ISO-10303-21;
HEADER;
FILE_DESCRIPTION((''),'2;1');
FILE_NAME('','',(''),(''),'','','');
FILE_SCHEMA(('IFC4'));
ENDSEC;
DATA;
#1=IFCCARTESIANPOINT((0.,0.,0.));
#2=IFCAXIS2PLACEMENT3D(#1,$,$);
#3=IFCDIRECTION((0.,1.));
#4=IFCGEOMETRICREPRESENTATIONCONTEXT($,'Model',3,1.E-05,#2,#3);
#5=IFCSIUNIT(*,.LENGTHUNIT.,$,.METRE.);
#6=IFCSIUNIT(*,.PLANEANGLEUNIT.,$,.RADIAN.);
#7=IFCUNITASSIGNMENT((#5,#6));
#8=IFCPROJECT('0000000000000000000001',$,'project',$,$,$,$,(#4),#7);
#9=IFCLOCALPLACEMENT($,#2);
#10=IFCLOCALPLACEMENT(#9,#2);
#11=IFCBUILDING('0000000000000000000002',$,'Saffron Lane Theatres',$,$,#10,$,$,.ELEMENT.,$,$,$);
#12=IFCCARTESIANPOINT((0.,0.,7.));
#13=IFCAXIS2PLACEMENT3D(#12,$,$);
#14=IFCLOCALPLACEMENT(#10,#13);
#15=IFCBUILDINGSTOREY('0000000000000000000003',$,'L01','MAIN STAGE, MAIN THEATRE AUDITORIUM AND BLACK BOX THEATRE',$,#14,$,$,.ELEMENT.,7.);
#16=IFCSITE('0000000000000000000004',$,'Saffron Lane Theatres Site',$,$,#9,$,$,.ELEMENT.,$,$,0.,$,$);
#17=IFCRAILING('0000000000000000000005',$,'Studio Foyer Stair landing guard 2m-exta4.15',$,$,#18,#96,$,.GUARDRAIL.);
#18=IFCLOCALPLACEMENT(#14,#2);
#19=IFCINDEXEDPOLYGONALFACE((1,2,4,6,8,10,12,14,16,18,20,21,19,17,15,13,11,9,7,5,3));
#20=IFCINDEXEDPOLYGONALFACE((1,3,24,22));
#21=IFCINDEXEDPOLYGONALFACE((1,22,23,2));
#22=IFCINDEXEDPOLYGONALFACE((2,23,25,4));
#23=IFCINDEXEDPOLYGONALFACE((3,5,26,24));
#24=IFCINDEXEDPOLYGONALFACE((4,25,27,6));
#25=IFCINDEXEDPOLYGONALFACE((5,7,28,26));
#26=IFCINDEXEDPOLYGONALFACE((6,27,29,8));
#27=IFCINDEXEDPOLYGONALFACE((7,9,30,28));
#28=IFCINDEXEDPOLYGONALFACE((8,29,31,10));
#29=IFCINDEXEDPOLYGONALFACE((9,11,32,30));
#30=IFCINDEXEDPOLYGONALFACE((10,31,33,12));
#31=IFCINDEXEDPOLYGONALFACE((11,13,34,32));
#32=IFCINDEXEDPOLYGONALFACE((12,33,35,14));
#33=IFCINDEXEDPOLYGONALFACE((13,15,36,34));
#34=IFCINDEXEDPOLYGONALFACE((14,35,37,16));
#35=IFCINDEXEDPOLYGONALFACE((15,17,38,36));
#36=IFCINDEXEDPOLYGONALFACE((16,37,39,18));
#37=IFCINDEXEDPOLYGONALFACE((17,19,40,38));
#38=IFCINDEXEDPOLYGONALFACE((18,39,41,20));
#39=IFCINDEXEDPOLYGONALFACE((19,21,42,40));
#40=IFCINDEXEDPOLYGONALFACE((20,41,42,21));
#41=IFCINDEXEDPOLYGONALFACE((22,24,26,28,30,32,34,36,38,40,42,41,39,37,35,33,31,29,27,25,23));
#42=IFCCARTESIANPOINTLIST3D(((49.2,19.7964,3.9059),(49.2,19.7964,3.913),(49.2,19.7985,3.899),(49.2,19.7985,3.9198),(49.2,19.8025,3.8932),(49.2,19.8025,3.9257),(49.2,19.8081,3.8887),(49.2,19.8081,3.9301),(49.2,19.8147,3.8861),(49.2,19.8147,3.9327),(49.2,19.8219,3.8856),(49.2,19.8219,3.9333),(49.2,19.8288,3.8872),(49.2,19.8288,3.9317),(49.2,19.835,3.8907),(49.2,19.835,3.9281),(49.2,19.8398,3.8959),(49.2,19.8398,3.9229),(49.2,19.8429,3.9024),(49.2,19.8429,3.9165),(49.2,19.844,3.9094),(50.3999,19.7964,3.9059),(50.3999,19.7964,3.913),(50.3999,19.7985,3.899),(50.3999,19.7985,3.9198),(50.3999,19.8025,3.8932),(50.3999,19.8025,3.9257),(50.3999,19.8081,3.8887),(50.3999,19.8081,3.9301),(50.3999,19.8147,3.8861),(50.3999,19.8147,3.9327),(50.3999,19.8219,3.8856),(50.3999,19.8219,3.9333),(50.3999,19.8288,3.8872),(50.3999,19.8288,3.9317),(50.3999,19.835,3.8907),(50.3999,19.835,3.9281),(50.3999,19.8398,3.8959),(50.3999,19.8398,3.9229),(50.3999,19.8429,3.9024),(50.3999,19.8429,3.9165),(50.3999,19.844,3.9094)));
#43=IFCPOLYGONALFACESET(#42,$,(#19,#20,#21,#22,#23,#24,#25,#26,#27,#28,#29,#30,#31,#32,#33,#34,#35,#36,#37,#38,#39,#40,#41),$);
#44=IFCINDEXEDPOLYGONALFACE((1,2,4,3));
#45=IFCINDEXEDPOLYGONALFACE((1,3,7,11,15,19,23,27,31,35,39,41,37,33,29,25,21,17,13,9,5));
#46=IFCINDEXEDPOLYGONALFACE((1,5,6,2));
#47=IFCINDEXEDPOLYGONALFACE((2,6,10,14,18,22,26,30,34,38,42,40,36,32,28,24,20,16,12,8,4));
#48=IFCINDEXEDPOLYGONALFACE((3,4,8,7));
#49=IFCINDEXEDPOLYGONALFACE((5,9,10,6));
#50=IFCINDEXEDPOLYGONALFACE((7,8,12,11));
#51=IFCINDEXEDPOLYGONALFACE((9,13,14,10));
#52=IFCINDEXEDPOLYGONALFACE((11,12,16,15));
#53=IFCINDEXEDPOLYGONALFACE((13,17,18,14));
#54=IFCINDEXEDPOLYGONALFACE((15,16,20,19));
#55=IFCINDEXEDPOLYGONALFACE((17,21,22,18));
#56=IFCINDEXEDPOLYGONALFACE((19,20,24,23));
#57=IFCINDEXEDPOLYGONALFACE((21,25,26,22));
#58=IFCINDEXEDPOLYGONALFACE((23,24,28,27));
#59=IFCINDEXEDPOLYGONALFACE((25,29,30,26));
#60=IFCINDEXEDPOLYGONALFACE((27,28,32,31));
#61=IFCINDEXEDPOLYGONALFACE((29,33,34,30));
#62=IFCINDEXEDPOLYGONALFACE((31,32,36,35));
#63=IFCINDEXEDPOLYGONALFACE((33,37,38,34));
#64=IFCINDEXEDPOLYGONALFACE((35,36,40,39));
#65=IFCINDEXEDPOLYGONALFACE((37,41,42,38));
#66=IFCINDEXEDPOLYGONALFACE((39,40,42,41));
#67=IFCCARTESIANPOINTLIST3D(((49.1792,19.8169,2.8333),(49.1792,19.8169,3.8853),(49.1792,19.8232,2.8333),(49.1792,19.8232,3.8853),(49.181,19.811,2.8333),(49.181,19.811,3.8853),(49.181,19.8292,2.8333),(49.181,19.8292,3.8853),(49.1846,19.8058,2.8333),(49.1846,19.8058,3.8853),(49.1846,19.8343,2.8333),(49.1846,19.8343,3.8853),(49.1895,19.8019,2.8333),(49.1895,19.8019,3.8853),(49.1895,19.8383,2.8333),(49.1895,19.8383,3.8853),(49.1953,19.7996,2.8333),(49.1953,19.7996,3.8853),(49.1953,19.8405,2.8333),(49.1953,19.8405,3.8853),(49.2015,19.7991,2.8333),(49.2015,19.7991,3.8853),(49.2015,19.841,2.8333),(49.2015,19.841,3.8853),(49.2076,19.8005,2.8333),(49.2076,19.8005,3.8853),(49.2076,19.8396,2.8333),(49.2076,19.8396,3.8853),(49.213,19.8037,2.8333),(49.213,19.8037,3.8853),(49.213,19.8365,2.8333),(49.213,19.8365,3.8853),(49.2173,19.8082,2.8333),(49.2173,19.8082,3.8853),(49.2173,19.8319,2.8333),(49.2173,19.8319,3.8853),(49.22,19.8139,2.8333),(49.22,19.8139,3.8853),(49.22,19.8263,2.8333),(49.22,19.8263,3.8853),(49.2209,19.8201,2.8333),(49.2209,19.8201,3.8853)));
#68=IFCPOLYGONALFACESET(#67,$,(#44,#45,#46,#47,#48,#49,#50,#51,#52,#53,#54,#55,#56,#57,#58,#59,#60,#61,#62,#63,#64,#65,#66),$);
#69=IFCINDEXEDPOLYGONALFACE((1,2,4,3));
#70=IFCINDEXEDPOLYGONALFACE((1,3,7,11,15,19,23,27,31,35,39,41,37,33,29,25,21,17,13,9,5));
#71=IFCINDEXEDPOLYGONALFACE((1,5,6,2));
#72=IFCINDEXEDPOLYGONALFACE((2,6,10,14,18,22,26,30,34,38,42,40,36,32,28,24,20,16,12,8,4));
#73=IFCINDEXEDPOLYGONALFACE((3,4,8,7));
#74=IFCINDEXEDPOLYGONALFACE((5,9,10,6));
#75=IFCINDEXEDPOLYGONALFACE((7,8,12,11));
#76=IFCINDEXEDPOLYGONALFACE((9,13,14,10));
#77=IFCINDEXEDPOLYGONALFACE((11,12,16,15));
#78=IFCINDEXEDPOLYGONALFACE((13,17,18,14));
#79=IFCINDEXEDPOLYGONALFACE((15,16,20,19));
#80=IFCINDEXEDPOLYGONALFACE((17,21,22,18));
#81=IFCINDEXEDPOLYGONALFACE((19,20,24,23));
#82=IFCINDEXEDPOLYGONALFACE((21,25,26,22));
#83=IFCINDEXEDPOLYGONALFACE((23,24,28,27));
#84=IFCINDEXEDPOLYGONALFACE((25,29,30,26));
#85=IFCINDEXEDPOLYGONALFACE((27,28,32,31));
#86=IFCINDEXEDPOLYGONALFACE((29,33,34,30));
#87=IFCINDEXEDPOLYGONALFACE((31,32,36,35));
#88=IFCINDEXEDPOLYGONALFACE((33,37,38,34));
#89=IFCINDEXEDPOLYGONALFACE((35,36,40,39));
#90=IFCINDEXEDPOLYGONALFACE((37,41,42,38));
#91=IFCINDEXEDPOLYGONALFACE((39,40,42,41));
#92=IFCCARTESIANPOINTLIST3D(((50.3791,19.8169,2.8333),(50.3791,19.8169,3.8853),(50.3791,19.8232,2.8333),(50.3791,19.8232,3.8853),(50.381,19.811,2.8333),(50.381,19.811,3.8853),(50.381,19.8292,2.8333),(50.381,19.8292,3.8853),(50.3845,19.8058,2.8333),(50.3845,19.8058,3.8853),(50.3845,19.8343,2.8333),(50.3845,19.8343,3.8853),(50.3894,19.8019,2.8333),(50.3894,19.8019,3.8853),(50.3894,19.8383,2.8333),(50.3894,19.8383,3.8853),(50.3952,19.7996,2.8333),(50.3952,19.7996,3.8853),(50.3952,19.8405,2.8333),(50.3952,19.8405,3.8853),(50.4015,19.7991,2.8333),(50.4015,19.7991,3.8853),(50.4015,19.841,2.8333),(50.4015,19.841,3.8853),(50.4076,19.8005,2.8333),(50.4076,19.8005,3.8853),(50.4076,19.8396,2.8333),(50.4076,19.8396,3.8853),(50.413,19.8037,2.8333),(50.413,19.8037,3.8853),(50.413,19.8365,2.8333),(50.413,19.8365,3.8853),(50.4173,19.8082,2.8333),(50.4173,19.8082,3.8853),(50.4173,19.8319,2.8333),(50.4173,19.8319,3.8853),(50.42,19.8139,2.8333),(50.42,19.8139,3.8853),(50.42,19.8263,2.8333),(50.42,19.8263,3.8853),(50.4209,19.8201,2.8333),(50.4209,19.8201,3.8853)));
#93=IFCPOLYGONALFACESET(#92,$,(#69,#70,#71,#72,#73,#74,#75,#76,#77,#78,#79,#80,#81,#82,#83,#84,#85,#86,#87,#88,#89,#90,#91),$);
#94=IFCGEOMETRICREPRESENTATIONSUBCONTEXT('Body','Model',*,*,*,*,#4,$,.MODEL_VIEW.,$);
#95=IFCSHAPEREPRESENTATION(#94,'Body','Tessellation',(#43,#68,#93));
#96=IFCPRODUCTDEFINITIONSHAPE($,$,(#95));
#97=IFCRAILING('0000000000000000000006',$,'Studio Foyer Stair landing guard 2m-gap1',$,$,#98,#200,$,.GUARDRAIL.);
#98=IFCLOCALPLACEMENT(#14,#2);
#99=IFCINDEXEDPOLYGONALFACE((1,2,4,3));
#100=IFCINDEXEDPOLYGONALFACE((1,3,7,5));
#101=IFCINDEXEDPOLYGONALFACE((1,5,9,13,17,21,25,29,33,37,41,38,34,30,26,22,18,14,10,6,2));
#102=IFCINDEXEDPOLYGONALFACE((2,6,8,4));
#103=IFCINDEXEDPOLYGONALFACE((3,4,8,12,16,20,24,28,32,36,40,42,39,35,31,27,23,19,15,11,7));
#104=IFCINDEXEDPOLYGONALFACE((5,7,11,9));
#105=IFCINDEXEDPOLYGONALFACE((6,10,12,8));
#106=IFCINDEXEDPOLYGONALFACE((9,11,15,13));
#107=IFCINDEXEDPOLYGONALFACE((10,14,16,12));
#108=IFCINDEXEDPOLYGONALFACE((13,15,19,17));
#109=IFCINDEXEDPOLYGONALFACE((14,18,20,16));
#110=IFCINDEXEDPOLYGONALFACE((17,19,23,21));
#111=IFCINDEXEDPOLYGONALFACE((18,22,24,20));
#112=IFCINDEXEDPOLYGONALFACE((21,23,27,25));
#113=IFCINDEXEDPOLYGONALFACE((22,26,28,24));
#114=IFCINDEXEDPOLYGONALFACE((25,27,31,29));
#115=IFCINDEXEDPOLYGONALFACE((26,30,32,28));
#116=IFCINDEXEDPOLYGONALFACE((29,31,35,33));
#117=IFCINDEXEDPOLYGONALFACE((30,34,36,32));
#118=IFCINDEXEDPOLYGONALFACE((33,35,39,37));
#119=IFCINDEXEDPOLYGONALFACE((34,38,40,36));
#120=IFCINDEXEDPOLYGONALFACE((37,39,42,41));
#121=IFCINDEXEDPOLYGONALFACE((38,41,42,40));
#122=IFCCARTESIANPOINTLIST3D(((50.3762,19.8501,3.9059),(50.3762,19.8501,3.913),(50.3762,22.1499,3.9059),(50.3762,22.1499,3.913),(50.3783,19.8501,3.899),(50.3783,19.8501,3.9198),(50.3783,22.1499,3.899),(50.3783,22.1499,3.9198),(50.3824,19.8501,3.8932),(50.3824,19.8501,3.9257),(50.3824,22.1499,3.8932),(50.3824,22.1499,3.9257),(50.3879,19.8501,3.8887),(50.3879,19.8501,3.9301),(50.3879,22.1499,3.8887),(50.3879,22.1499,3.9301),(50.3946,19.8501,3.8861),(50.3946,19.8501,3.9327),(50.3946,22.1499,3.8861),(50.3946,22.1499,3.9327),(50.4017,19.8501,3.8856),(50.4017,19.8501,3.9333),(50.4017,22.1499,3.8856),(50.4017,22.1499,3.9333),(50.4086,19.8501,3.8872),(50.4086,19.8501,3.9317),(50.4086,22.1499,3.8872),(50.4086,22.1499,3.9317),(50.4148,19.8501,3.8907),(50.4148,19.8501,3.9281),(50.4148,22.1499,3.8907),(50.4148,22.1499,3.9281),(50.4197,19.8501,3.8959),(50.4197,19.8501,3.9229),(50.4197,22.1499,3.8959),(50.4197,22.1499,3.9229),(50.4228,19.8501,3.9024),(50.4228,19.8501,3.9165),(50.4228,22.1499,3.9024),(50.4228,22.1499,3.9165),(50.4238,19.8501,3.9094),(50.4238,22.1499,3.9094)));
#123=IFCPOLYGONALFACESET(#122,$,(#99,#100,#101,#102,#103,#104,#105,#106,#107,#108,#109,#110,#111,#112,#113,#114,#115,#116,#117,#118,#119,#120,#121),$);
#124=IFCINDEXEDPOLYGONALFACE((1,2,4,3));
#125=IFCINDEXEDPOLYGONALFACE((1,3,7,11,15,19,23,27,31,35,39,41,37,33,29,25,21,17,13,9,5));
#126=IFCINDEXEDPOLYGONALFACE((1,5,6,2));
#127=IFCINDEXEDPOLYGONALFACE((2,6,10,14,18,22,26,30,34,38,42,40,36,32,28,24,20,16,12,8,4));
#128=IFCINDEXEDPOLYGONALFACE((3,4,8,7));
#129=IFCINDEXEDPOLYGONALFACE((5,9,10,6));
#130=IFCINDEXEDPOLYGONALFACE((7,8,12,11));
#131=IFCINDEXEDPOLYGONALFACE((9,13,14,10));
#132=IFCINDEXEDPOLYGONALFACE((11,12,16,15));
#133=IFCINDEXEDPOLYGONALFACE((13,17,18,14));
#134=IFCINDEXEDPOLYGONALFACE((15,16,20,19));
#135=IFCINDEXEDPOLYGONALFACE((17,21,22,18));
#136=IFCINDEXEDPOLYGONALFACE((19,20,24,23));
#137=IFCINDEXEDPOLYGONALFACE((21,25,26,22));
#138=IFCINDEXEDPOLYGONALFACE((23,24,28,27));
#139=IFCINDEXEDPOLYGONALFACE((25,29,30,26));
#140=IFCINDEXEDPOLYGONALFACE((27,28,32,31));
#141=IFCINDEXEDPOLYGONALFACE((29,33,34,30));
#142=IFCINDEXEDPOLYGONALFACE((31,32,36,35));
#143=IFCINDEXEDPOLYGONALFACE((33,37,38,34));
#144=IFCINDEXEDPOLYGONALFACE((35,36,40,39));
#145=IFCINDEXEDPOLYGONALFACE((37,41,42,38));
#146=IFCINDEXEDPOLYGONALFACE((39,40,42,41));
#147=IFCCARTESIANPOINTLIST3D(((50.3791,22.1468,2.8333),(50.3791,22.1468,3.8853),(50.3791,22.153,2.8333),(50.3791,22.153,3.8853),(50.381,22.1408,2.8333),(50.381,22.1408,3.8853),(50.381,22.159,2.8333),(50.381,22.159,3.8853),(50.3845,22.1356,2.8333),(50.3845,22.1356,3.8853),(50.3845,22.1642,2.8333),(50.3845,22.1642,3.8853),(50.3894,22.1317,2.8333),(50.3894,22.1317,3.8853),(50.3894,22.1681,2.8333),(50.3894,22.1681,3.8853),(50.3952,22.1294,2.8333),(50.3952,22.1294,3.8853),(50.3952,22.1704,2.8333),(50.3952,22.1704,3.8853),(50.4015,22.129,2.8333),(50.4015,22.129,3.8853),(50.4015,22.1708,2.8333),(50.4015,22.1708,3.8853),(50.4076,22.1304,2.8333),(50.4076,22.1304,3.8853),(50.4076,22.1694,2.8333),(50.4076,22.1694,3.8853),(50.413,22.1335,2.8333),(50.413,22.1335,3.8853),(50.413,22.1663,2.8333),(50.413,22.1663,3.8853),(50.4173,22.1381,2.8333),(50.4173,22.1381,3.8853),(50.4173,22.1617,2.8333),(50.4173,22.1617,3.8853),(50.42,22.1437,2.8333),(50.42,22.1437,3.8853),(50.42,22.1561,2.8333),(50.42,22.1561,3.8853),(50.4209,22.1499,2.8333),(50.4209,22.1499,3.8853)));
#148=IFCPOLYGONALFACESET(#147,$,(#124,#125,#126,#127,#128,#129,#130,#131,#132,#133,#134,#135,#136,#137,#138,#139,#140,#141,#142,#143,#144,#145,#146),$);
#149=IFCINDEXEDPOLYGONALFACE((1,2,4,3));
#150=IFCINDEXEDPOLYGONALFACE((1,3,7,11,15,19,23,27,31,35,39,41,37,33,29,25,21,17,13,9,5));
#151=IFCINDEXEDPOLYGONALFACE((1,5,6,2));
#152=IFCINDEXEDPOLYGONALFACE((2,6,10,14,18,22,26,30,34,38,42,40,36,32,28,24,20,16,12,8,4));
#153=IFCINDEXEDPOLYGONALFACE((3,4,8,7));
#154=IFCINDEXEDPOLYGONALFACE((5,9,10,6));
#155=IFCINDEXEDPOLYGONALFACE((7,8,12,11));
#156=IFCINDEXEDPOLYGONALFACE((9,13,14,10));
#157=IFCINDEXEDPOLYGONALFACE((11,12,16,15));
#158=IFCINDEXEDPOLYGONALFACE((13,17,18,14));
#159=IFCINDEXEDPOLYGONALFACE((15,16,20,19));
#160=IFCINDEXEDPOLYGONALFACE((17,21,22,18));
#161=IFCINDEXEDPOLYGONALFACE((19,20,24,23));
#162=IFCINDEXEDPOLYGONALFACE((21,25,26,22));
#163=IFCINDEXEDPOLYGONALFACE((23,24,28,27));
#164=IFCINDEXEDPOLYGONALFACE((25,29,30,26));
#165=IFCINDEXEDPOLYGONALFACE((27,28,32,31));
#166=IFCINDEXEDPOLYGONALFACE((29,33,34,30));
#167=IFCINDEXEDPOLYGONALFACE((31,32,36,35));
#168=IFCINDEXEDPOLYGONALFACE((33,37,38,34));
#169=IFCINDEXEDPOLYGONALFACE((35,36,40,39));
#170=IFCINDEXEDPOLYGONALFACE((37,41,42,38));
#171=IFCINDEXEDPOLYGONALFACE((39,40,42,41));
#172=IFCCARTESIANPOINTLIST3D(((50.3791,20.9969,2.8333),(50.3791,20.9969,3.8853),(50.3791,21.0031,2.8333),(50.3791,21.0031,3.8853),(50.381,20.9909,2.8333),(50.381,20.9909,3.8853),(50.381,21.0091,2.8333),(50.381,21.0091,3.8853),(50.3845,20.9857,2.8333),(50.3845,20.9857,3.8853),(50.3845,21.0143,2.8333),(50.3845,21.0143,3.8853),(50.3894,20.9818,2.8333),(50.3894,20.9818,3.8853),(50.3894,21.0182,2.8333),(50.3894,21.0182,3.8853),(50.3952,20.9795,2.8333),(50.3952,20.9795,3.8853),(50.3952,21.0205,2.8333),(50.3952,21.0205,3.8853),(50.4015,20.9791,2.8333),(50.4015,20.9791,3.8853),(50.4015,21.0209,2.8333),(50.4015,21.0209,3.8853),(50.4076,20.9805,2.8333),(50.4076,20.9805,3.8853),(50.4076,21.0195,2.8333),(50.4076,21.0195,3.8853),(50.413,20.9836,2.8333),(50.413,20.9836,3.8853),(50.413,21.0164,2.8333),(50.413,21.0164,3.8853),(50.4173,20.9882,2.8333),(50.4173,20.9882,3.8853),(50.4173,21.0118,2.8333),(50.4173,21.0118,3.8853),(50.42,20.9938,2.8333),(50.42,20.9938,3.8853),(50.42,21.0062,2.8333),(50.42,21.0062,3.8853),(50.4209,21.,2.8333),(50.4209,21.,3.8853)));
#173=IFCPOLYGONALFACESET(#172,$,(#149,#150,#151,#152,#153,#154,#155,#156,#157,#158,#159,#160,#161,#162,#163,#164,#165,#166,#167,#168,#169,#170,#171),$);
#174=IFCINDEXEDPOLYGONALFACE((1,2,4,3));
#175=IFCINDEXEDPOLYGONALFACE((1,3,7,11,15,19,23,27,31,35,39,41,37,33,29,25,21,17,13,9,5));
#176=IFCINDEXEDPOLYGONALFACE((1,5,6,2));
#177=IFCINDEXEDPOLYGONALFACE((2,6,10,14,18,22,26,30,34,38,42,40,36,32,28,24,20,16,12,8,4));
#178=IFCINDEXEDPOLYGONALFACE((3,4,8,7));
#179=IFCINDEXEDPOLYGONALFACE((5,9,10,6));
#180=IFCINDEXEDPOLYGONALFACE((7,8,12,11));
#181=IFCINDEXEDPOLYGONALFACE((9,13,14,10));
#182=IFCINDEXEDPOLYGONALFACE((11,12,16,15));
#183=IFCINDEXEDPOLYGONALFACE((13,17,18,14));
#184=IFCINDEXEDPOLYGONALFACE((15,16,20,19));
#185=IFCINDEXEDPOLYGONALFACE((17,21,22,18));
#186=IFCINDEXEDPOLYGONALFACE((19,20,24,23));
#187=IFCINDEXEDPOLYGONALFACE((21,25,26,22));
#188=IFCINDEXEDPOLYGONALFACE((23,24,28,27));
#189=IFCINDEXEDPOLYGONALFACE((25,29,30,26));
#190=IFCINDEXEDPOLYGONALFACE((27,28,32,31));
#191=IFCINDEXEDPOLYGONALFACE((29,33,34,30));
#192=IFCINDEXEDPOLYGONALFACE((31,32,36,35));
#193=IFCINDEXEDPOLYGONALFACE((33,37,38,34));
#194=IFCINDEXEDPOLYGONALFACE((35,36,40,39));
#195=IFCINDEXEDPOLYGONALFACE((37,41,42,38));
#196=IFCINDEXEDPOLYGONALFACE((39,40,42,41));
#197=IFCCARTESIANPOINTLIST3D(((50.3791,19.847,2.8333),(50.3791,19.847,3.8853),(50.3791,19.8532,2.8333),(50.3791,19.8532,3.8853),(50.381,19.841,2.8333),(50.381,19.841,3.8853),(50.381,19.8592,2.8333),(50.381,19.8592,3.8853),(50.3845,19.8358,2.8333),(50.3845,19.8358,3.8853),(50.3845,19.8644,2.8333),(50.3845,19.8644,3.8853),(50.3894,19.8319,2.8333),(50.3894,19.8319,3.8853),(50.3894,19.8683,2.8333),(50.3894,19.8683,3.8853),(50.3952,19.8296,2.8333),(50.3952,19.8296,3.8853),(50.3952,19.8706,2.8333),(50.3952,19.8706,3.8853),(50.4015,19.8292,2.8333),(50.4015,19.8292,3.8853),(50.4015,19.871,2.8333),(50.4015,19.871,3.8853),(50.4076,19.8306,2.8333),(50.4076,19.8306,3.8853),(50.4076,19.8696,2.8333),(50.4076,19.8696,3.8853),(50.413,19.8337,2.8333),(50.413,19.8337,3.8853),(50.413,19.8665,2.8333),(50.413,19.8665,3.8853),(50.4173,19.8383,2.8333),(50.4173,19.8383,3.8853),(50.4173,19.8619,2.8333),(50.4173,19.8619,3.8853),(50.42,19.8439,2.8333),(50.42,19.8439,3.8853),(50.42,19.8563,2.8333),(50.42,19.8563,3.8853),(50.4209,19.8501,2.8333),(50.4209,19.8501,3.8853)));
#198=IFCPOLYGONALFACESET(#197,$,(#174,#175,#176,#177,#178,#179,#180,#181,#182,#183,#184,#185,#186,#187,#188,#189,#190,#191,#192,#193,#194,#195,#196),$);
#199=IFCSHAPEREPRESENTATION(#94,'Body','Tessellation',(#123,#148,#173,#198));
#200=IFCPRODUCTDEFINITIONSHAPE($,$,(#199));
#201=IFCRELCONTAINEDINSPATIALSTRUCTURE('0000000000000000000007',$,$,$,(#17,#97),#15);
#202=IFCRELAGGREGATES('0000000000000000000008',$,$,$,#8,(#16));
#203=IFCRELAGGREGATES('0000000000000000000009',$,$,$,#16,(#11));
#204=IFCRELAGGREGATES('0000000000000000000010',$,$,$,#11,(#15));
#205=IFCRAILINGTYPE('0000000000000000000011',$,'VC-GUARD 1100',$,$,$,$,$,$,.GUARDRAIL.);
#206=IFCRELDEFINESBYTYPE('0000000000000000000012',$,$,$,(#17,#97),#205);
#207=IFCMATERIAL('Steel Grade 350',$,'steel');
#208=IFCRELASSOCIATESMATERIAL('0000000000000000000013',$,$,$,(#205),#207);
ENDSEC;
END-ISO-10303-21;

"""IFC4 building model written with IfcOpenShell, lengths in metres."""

from ifc_helpers import new_model, si_unit, direction, frame, origin, origin_2d, place, context, subcontext, project, spatial, circle, extrude, material, type_object, element, save


model = new_model("IFC4")

# Units and contexts
model_context = context("Model", 3, precision=1e-05, world=origin(), true_north=direction((0.0, 1.0)))
body_context = subcontext(model_context, "Body", "Model", "MODEL_VIEW")
ifc_project = project(units=[si_unit("LENGTHUNIT", "METRE"), si_unit("PLANEANGLEUNIT", "RADIAN")], contexts=[model_context])

# Site, building, storey
site_placement = place(None, origin())
site = spatial("IfcSite", under=ifc_project, at=site_placement, Name="Saffron Lane Theatres Site", CompositionType="ELEMENT", RefElevation=0.0)
building_placement = place(site_placement, origin())
building = spatial("IfcBuilding", under=site, at=building_placement, Name="Saffron Lane Theatres", CompositionType="ELEMENT")
storey_placement = place(building_placement, frame((0.0, 0.0, 7.0)))
storey = spatial("IfcBuildingStorey", under=building, at=storey_placement, Name="L01", Description="MAIN STAGE, MAIN THEATRE AUDITORIUM AND BLACK BOX THEATRE", CompositionType="ELEMENT", Elevation=7.0)

# Railings
ifc_material_1 = material(Name="Steel Grade 350", Category="steel")
railing_type_1 = type_object("IfcRailingType", Name="VC-GUARD 1100", PredefinedType="GUARDRAIL", material=ifc_material_1)
railing_1_placement = place(storey_placement, frame((49.2, 19.8201, 2.8333)))
element("IfcRailing", 1, at=railing_1_placement, inside=storey, type_object=railing_type_1, Name="Studio Foyer Stair landing guard 2m-exta4.15", PredefinedType="GUARDRAIL", context=body_context, shape_type="SweptSolid", body=[
    extrude(circle(Radius=0.0239, at=origin_2d()), frame((0.0, 0.0, 1.0762), z_axis=(1.0, 0.0, 0.0), x_axis=(0.0, 1.0, 0.0)), (0.0, 0.0, 1.0), 1.2),
    extrude(circle(Radius=0.021, at=origin_2d()), origin(), (0.0, 0.0, 1.0), 1.052),
    extrude(circle(Radius=0.021, at=origin_2d()), frame((1.2, 0.0, 0.0)), (0.0, 0.0, 1.0), 1.052),
])
railing_2_placement = place(storey_placement, frame((50.3999, 22.1499, 2.8333)))
element("IfcRailing", 2, at=railing_2_placement, inside=storey, type_object=railing_type_1, Name="Studio Foyer Stair landing guard 2m-gap1", PredefinedType="GUARDRAIL", context=body_context, shape_type="SweptSolid", body=[
    extrude(circle(Radius=0.0239, at=origin_2d()), frame((0.0, 0.0, 1.0762), z_axis=(0.0, -1.0, 0.0), x_axis=(1.0, 0.0, 0.0)), (0.0, 0.0, 1.0), 2.2998),
    extrude(circle(Radius=0.021, at=origin_2d()), origin(), (0.0, 0.0, 1.0), 1.052),
    extrude(circle(Radius=0.021, at=origin_2d()), frame((0.0, -1.1499, 0.0)), (0.0, 0.0, 1.0), 1.052),
    extrude(circle(Radius=0.021, at=origin_2d()), frame((0.0, -2.2998, 0.0)), (0.0, 0.0, 1.0), 1.052),
])

save(model, "model.ifc")
